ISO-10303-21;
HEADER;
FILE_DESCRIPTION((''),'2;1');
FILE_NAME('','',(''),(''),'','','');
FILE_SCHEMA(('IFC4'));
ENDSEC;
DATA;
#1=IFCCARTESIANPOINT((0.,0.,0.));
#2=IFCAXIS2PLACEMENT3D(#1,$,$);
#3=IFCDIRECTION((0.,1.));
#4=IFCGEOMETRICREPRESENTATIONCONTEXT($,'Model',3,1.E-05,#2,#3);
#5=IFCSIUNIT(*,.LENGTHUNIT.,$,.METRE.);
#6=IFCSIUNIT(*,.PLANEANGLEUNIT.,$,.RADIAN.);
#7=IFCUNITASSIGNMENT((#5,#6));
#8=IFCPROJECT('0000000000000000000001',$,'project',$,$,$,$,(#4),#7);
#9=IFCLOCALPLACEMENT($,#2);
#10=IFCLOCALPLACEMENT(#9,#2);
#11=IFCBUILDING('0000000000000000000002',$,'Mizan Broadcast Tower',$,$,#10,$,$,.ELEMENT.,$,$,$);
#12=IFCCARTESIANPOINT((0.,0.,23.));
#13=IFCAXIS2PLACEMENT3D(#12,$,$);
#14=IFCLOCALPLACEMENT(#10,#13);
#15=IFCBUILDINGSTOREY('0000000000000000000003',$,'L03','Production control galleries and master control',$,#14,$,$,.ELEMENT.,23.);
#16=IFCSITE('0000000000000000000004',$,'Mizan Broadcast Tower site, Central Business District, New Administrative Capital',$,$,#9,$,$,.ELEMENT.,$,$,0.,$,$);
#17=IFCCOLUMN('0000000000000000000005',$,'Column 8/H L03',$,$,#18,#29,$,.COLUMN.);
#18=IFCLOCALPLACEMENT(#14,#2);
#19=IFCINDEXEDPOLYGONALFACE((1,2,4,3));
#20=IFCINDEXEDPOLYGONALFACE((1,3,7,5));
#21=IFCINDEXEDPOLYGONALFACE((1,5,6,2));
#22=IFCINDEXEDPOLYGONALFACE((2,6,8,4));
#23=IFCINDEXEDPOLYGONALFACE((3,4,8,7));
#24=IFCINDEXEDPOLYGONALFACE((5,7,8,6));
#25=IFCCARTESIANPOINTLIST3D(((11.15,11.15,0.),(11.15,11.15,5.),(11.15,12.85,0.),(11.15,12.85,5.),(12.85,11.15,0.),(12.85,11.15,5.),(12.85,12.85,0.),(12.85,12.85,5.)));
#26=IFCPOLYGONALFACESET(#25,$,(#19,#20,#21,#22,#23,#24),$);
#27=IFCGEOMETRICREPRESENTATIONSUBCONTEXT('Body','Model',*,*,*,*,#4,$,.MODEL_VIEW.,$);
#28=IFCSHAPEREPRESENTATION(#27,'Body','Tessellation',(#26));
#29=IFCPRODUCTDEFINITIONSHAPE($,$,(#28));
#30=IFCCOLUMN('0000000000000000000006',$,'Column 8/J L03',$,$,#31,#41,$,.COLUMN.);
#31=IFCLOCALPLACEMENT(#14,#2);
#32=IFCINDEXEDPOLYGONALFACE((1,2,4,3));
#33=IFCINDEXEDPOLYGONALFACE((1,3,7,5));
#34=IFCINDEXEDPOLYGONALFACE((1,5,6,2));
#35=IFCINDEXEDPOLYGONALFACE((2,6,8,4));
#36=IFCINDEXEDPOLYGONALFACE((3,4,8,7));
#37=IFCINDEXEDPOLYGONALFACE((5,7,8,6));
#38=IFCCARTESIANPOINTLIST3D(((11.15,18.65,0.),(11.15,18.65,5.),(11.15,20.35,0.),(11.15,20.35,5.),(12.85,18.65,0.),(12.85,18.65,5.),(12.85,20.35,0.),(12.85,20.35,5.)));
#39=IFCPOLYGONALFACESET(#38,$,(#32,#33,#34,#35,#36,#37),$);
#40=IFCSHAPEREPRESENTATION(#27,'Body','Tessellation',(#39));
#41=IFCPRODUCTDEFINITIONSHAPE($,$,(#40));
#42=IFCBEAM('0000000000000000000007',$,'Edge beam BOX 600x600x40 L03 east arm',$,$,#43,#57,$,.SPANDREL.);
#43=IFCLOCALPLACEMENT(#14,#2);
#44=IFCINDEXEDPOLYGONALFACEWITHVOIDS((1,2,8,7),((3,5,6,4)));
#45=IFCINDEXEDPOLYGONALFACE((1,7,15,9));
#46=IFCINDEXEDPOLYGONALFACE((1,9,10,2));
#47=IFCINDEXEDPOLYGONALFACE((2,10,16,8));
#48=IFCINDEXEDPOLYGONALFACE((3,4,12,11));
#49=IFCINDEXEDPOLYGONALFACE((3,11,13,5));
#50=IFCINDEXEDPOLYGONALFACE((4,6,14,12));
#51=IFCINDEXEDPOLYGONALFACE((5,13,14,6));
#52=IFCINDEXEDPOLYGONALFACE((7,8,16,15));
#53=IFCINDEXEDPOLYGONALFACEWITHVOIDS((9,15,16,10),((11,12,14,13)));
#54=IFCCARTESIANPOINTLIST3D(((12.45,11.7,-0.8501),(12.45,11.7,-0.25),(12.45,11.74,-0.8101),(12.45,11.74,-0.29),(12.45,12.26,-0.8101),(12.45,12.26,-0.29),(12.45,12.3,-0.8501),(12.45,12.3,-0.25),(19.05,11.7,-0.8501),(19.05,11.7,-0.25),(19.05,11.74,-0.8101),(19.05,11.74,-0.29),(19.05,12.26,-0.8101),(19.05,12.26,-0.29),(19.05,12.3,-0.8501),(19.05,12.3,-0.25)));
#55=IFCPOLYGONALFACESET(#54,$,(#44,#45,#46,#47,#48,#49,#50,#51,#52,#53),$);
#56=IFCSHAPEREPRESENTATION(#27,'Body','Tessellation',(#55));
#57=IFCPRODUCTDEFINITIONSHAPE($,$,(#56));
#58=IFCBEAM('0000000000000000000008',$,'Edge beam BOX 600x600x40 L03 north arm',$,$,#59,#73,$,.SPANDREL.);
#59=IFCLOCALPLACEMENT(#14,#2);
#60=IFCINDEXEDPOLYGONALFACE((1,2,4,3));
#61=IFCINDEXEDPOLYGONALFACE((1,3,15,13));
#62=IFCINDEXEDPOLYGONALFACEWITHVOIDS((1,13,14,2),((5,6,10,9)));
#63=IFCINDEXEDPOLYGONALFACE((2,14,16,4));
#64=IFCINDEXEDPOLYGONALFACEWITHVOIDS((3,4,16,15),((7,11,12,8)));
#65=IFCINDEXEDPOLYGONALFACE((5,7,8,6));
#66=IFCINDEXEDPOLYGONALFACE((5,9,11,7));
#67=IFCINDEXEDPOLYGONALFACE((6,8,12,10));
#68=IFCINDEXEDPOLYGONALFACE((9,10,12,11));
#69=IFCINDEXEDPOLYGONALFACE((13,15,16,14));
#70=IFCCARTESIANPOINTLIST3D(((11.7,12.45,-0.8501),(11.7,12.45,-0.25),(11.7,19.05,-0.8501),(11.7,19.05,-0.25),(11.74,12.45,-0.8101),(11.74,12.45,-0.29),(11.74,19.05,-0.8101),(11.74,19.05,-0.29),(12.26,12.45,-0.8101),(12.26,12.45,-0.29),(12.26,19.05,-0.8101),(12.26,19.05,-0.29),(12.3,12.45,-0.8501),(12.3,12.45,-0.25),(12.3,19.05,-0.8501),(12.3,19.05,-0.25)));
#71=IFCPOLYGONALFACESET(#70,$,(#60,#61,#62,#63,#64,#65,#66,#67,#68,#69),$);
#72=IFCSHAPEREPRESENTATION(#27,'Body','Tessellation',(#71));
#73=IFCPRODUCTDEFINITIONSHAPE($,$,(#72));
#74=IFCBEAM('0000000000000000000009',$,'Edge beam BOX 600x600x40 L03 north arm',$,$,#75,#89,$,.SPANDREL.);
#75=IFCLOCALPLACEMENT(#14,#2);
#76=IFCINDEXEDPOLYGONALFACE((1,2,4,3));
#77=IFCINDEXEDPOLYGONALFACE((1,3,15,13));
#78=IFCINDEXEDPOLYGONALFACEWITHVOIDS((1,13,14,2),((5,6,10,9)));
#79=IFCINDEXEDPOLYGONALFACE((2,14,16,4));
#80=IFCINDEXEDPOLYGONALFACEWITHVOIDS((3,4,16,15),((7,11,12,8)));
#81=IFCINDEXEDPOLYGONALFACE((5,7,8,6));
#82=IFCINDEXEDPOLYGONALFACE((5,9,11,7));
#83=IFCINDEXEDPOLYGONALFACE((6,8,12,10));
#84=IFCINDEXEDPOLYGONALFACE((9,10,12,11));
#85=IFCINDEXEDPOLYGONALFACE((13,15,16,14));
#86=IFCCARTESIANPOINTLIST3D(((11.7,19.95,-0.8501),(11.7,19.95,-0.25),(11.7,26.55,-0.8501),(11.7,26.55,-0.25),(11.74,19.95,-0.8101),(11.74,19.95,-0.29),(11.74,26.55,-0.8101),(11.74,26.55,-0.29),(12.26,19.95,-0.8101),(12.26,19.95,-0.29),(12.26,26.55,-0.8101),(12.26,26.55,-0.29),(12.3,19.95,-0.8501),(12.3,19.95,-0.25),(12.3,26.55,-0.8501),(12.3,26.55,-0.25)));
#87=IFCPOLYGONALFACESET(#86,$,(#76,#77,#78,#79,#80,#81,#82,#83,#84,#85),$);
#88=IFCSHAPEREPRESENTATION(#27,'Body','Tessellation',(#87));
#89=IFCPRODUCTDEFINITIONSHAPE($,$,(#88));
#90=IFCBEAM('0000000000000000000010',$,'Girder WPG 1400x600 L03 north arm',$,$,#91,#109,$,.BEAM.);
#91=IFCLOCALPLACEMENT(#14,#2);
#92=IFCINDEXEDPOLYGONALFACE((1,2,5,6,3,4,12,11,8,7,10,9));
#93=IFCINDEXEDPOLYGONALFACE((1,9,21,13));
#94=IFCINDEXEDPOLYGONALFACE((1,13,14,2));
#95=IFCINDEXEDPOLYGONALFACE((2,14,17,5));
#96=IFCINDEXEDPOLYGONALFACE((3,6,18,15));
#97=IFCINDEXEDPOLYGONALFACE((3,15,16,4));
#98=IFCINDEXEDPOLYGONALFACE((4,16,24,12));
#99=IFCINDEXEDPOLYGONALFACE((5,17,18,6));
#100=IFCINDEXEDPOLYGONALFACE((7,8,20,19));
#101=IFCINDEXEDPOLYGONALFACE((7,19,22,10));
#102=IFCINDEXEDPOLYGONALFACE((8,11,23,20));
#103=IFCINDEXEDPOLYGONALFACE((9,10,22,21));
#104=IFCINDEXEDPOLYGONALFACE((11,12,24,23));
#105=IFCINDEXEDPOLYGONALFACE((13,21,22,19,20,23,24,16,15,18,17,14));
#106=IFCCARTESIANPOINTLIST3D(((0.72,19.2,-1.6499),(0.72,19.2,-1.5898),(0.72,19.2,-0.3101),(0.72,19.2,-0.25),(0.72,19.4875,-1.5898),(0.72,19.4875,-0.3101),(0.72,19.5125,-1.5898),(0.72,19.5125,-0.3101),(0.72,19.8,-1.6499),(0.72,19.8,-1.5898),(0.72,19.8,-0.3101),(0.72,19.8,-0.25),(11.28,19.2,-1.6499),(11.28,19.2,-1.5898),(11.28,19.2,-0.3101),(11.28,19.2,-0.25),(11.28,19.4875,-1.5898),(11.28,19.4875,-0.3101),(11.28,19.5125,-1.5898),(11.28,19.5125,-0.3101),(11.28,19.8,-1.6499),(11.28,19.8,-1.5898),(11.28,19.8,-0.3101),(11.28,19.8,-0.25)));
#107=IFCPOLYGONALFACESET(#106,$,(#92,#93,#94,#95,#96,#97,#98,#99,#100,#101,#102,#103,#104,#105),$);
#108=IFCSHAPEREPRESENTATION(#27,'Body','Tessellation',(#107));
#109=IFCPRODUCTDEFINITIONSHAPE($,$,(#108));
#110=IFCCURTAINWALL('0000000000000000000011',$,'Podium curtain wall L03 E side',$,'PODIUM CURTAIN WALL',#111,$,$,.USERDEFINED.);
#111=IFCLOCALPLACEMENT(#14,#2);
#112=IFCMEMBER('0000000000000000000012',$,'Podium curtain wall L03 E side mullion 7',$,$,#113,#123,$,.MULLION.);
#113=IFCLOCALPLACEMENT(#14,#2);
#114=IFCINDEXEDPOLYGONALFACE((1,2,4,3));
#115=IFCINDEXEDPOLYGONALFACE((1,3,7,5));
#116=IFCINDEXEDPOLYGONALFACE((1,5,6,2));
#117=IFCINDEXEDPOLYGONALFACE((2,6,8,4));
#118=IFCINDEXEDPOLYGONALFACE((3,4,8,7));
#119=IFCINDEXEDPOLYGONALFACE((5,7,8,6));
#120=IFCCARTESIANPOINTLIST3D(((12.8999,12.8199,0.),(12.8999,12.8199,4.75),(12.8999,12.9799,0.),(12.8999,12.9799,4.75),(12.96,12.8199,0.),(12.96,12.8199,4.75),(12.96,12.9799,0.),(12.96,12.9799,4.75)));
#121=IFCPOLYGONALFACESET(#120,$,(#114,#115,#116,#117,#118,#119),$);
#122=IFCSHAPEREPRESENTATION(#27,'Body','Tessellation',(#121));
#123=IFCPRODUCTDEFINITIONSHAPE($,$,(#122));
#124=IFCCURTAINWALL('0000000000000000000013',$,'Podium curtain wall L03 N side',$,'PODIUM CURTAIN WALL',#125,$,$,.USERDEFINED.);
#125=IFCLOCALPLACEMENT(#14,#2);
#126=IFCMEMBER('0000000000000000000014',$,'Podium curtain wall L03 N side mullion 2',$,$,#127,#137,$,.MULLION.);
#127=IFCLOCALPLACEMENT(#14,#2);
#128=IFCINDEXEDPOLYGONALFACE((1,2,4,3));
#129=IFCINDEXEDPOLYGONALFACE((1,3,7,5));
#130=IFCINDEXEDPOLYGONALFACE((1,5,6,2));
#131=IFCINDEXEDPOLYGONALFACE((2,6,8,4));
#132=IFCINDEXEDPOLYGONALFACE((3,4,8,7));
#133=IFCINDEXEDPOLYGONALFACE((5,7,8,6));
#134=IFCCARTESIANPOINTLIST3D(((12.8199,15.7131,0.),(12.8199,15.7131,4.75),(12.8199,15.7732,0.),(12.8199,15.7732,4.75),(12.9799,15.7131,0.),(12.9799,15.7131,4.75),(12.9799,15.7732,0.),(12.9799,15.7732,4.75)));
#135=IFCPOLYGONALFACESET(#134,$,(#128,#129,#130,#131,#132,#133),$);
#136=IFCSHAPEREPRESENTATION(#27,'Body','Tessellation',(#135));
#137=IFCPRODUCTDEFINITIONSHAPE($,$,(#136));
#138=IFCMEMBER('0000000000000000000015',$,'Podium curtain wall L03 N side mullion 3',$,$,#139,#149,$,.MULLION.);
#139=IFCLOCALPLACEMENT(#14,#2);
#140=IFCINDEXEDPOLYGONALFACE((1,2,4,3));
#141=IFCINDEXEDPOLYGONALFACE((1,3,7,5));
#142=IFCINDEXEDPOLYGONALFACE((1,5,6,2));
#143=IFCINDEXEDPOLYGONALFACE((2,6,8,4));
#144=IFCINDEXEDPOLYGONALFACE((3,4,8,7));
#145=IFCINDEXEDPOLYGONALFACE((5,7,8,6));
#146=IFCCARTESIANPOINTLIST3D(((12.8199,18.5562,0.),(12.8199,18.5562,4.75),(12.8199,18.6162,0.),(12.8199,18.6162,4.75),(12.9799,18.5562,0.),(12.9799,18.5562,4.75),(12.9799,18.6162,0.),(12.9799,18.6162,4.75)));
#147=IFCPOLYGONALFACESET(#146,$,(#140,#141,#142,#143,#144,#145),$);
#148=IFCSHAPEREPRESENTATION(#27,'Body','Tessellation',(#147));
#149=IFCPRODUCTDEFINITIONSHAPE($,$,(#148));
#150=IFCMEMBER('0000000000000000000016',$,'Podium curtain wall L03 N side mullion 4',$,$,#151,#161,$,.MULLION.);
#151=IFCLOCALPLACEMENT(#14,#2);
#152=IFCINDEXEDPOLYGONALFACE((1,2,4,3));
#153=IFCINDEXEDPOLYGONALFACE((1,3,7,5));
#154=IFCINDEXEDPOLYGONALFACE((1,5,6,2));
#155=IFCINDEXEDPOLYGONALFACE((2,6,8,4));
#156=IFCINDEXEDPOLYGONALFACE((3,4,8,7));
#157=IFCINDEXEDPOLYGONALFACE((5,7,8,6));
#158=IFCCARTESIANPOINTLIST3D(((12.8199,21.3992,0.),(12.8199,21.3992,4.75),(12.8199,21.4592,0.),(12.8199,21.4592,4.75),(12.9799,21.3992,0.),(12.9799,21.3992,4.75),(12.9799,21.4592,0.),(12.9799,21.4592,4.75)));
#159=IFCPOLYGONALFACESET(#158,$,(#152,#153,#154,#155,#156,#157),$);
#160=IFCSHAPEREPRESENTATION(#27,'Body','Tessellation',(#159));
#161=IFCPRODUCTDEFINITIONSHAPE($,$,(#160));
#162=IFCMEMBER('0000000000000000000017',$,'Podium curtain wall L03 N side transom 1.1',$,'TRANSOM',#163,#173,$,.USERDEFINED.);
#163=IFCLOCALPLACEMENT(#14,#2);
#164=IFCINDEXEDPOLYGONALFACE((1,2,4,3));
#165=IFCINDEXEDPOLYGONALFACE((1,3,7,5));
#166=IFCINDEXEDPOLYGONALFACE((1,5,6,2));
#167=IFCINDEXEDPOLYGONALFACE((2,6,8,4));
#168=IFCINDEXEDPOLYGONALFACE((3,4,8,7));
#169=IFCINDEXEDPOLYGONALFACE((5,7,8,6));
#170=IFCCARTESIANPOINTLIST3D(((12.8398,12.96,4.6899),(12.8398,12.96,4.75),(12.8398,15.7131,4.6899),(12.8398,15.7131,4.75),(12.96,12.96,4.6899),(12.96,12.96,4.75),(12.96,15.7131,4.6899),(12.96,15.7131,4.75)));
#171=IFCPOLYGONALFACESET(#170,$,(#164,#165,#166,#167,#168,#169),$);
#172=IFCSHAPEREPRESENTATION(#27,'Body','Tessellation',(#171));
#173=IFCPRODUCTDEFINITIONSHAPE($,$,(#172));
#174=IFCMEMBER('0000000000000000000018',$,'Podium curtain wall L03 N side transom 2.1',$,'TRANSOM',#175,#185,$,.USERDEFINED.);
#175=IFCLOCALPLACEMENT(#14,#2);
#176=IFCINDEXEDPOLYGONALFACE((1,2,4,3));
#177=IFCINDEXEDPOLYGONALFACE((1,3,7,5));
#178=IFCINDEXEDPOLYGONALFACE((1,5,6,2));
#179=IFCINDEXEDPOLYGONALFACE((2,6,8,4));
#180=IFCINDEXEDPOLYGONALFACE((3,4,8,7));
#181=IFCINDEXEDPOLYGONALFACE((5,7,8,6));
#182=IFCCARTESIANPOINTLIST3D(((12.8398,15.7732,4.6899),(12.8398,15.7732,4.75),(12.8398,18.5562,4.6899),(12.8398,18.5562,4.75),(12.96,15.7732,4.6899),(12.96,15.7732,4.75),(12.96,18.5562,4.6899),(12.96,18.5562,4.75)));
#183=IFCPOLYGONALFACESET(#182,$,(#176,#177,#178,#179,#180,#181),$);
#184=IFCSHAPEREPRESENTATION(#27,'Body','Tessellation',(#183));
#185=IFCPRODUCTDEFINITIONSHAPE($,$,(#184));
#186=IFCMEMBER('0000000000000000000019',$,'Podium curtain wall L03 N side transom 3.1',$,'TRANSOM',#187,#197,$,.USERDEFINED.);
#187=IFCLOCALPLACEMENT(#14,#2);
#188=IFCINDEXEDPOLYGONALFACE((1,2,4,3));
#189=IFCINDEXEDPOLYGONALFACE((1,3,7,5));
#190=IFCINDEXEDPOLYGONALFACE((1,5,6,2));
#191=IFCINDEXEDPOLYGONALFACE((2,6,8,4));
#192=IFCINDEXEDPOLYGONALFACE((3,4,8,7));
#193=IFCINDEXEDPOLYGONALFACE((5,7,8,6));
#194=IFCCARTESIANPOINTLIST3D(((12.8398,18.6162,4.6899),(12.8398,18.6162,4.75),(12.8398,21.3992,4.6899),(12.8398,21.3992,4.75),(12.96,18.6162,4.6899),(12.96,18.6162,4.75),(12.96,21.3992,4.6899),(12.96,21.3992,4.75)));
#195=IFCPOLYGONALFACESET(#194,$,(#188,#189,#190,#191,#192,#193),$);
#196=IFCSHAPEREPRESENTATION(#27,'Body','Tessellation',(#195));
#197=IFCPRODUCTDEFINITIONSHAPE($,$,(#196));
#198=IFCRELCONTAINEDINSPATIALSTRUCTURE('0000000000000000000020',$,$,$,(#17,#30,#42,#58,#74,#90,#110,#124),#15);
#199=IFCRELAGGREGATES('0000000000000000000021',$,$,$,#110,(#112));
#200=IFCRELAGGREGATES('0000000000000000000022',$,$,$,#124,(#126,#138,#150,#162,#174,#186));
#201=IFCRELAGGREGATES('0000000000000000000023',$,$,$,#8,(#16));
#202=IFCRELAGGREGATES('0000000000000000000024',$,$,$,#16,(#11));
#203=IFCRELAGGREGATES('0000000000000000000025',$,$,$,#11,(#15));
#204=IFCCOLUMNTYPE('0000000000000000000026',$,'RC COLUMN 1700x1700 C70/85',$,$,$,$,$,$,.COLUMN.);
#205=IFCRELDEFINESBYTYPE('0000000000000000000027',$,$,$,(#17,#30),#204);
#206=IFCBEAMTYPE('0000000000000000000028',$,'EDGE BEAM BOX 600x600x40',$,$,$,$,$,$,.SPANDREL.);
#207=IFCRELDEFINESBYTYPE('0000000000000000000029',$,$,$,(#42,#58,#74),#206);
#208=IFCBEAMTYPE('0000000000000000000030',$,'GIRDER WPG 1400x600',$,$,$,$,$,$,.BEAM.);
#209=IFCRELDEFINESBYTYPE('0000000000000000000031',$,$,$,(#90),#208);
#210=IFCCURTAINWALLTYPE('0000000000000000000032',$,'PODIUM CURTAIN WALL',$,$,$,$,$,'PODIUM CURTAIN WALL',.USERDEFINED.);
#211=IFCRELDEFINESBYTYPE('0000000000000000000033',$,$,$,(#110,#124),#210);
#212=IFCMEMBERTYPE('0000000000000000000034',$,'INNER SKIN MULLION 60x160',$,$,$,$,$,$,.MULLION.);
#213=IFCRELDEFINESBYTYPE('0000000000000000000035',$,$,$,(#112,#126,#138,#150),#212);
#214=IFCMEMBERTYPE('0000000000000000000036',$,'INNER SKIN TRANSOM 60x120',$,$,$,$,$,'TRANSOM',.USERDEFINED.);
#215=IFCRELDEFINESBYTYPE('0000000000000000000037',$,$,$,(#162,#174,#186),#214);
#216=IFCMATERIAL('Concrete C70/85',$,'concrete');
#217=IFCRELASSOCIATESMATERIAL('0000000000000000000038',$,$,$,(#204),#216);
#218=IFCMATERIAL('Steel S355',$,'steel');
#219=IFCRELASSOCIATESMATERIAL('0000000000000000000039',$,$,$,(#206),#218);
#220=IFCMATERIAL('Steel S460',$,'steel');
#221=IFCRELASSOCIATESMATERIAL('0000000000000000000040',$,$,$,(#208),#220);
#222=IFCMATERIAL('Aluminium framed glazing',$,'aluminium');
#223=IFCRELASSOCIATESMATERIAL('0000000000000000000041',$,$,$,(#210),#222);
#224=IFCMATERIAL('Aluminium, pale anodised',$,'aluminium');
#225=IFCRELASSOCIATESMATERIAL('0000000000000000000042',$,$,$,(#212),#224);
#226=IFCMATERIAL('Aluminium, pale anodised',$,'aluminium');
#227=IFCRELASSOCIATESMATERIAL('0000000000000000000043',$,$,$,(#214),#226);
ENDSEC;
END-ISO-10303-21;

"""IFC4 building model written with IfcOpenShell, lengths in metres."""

from ifc_helpers import new_model, si_unit, direction, frame, origin, origin_2d, place, context, subcontext, project, spatial, rectangle, hollow_rectangle, i_section, extrude, material, material_profile, profile_set, type_object, element, aggregate, save


model = new_model("IFC4")

# Units and contexts
model_context = context("Model", 3, precision=1e-05, world=origin(), true_north=direction((0.0, 1.0)))
body_context = subcontext(model_context, "Body", "Model", "MODEL_VIEW")
ifc_project = project(units=[si_unit("LENGTHUNIT", "METRE"), si_unit("PLANEANGLEUNIT", "RADIAN")], contexts=[model_context])

# Site, building, storey
site_placement = place(None, origin())
site = spatial("IfcSite", under=ifc_project, at=site_placement, Name="Mizan Broadcast Tower site, Central Business District, New Administrative Capital", CompositionType="ELEMENT", RefElevation=0.0)
building_placement = place(site_placement, origin())
building = spatial("IfcBuilding", under=site, at=building_placement, Name="Mizan Broadcast Tower", CompositionType="ELEMENT")
storey_placement = place(building_placement, frame((0.0, 0.0, 23.0)))
storey = spatial("IfcBuildingStorey", under=building, at=storey_placement, Name="L03", Description="Production control galleries and master control", CompositionType="ELEMENT", Elevation=23.0)

# Columns
ifc_material_1 = material(Name="Concrete C70/85", Category="concrete")
ifc_material_profile_1 = material_profile(ifc_material_1, rectangle(XDim=1.7, YDim=1.7, at=origin_2d()), Name="RC 1700x1700")
ifc_profile_set_1 = profile_set([ifc_material_profile_1], Name="Concrete C70/85")
column_type = type_object("IfcColumnType", Name="RC COLUMN 1700x1700 C70/85", PredefinedType="COLUMN", material=ifc_profile_set_1)
for number, where, z_axis, x_axis, name in (
    (1, (12.0, 12.0, 0.0), (0.0, 0.0, 1.0), (1.0, 0.0, 0.0), "Column 8/H L03"),
    (2, (12.0, 19.5, 0.0), (0.0, 0.0, 1.0), (1.0, 0.0, 0.0), "Column 8/J L03"),
):
    element("IfcColumn", number, at=place(storey_placement, frame(where, z_axis=z_axis, x_axis=x_axis)), inside=storey, type_object=column_type, Name=name, PredefinedType="COLUMN", context=body_context, shape_type="SweptSolid", body=[
        extrude(rectangle(XDim=1.7, YDim=1.7, at=origin_2d()), origin(), (0.0, 0.0, 1.0), 5.0),
    ])

# Beams
ifc_material_2 = material(Name="Steel S355", Category="steel")
ifc_material_profile_2 = material_profile(ifc_material_2, hollow_rectangle(XDim=0.6001, YDim=0.6001, WallThickness=0.04, at=origin_2d()), Name="BOX 600x600x40")
ifc_profile_set_2 = profile_set([ifc_material_profile_2], Name="Steel S355")
beam_type_1 = type_object("IfcBeamType", Name="EDGE BEAM BOX 600x600x40", PredefinedType="SPANDREL", material=ifc_profile_set_2)
for number, where, z_axis, x_axis, name in (
    (3, (12.45, 12.0, -0.55), (1.0, 0.0, 0.0), (0.0, 1.0, 0.0), "Edge beam BOX 600x600x40 L03 east arm"),
    (4, (12.0, 12.45, -0.55), (0.0, 1.0, 0.0), (-1.0, 0.0, 0.0), "Edge beam BOX 600x600x40 L03 north arm"),
    (5, (12.0, 19.95, -0.55), (0.0, 1.0, 0.0), (-1.0, 0.0, 0.0), "Edge beam BOX 600x600x40 L03 north arm"),
):
    element("IfcBeam", number, at=place(storey_placement, frame(where, z_axis=z_axis, x_axis=x_axis)), inside=storey, type_object=beam_type_1, Name=name, PredefinedType="SPANDREL", context=body_context, shape_type="SweptSolid", body=[
        extrude(hollow_rectangle(XDim=0.6001, YDim=0.6001, WallThickness=0.04, at=origin_2d()), origin(), (0.0, 0.0, 1.0), 6.6001),
    ])
ifc_material_3 = material(Name="Steel S460", Category="steel")
ifc_material_profile_3 = material_profile(ifc_material_3, i_section(OverallWidth=0.6001, OverallDepth=1.3999, WebThickness=0.0249, FlangeThickness=0.0601, at=origin_2d()), Name="WPG 1400x600")
ifc_profile_set_3 = profile_set([ifc_material_profile_3], Name="Steel S460")
beam_type_2 = type_object("IfcBeamType", Name="GIRDER WPG 1400x600", PredefinedType="BEAM", material=ifc_profile_set_3)
beam_placement = place(storey_placement, frame((11.28, 19.5, -0.95), z_axis=(-1.0, 0.0, 0.0), x_axis=(0.0, -1.0, 0.0)))
element("IfcBeam", 6, at=beam_placement, inside=storey, type_object=beam_type_2, Name="Girder WPG 1400x600 L03 north arm", PredefinedType="BEAM", context=body_context, shape_type="SweptSolid", body=[
    extrude(i_section(OverallWidth=0.6001, OverallDepth=1.3999, WebThickness=0.0249, FlangeThickness=0.0601, at=origin_2d()), origin(), (0.0, 0.0, 1.0), 10.5601),
])

# Curtain wall, member
ifc_material_4 = material(Name="Aluminium framed glazing", Category="aluminium")
curtain_wall_type_1 = type_object("IfcCurtainWallType", Name="PODIUM CURTAIN WALL", ElementType="PODIUM CURTAIN WALL", PredefinedType="USERDEFINED", material=ifc_material_4)
curtain_wall_1_placement = place(storey_placement, origin())
curtain_wall_1 = element("IfcCurtainWall", 7, at=curtain_wall_1_placement, inside=storey, type_object=curtain_wall_type_1, Name="Podium curtain wall L03 E side", ObjectType="PODIUM CURTAIN WALL", PredefinedType="USERDEFINED")
ifc_material_5 = material(Name="Aluminium, pale anodised", Category="aluminium")
ifc_material_profile_4 = material_profile(ifc_material_5, rectangle(XDim=0.1599, YDim=0.0601, at=origin_2d()), Name="MULLION 160x60")
ifc_profile_set_4 = profile_set([ifc_material_profile_4], Name="Aluminium, pale anodised")
member_type_1 = type_object("IfcMemberType", Name="INNER SKIN MULLION 60x160", PredefinedType="MULLION", material=ifc_profile_set_4)
member_1_placement = place(storey_placement, frame((12.9299, 12.8999, 0.0), z_axis=(0.0, 0.0, 1.0), x_axis=(0.0, -1.0, 0.0)))
member_1 = element("IfcMember", 8, at=member_1_placement, type_object=member_type_1, Name="Podium curtain wall L03 E side mullion 7", PredefinedType="MULLION", context=body_context, shape_type="SweptSolid", body=[
    extrude(rectangle(XDim=0.1599, YDim=0.0601, at=origin_2d()), origin(), (0.0, 0.0, 1.0), 4.75),
])
aggregate(curtain_wall_1, [member_1])

# Curtain wall, members
curtain_wall_2_placement = place(storey_placement, origin())
curtain_wall_2 = element("IfcCurtainWall", 9, at=curtain_wall_2_placement, inside=storey, type_object=curtain_wall_type_1, Name="Podium curtain wall L03 N side", ObjectType="PODIUM CURTAIN WALL", PredefinedType="USERDEFINED")
member_2_placement = place(storey_placement, frame((12.8999, 15.7432, 0.0), z_axis=(0.0, 0.0, 1.0), x_axis=(-1.0, 0.0, 0.0)))
member_2 = element("IfcMember", 10, at=member_2_placement, type_object=member_type_1, Name="Podium curtain wall L03 N side mullion 2", PredefinedType="MULLION", context=body_context, shape_type="SweptSolid", body=[
    extrude(rectangle(XDim=0.1599, YDim=0.0601, at=origin_2d()), origin(), (0.0, 0.0, 1.0), 4.75),
])
member_3_placement = place(storey_placement, frame((12.8999, 18.5862, 0.0), z_axis=(0.0, 0.0, 1.0), x_axis=(-1.0, 0.0, 0.0)))
member_3 = element("IfcMember", 11, at=member_3_placement, type_object=member_type_1, Name="Podium curtain wall L03 N side mullion 3", PredefinedType="MULLION", context=body_context, shape_type="SweptSolid", body=[
    extrude(rectangle(XDim=0.1599, YDim=0.0601, at=origin_2d()), origin(), (0.0, 0.0, 1.0), 4.75),
])
member_4_placement = place(storey_placement, frame((12.8999, 21.4292, 0.0), z_axis=(0.0, 0.0, 1.0), x_axis=(-1.0, 0.0, 0.0)))
member_4 = element("IfcMember", 12, at=member_4_placement, type_object=member_type_1, Name="Podium curtain wall L03 N side mullion 4", PredefinedType="MULLION", context=body_context, shape_type="SweptSolid", body=[
    extrude(rectangle(XDim=0.1599, YDim=0.0601, at=origin_2d()), origin(), (0.0, 0.0, 1.0), 4.75),
])
ifc_material_6 = material(Name="Aluminium, pale anodised", Category="aluminium")
ifc_material_profile_5 = material_profile(ifc_material_6, rectangle(XDim=0.1201, YDim=0.0601, at=origin_2d()), Name="TRANSOM 120x60")
ifc_profile_set_5 = profile_set([ifc_material_profile_5], Name="Aluminium, pale anodised")
member_type_2 = type_object("IfcMemberType", Name="INNER SKIN TRANSOM 60x120", ElementType="TRANSOM", PredefinedType="USERDEFINED", material=ifc_profile_set_5)
member_5_placement = place(storey_placement, frame((12.8999, 12.96, 4.72), z_axis=(0.0, 1.0, 0.0), x_axis=(-1.0, 0.0, 0.0)))
member_5 = element("IfcMember", 13, at=member_5_placement, type_object=member_type_2, Name="Podium curtain wall L03 N side transom 1.1", ObjectType="TRANSOM", PredefinedType="USERDEFINED", context=body_context, shape_type="SweptSolid", body=[
    extrude(rectangle(XDim=0.1201, YDim=0.0601, at=origin_2d()), origin(), (0.0, 0.0, 1.0), 2.7532),
])
member_6_placement = place(storey_placement, frame((12.8999, 15.7732, 4.72), z_axis=(0.0, 1.0, 0.0), x_axis=(-1.0, 0.0, 0.0)))
member_6 = element("IfcMember", 14, at=member_6_placement, type_object=member_type_2, Name="Podium curtain wall L03 N side transom 2.1", ObjectType="TRANSOM", PredefinedType="USERDEFINED", context=body_context, shape_type="SweptSolid", body=[
    extrude(rectangle(XDim=0.1201, YDim=0.0601, at=origin_2d()), origin(), (0.0, 0.0, 1.0), 2.783),
])
member_7_placement = place(storey_placement, frame((12.8999, 18.6162, 4.72), z_axis=(0.0, 1.0, 0.0), x_axis=(-1.0, 0.0, 0.0)))
member_7 = element("IfcMember", 15, at=member_7_placement, type_object=member_type_2, Name="Podium curtain wall L03 N side transom 3.1", ObjectType="TRANSOM", PredefinedType="USERDEFINED", context=body_context, shape_type="SweptSolid", body=[
    extrude(rectangle(XDim=0.1201, YDim=0.0601, at=origin_2d()), origin(), (0.0, 0.0, 1.0), 2.783),
])

aggregate(curtain_wall_2, [member_2, member_3, member_4, member_5, member_6, member_7])

save(model, "model.ifc")
